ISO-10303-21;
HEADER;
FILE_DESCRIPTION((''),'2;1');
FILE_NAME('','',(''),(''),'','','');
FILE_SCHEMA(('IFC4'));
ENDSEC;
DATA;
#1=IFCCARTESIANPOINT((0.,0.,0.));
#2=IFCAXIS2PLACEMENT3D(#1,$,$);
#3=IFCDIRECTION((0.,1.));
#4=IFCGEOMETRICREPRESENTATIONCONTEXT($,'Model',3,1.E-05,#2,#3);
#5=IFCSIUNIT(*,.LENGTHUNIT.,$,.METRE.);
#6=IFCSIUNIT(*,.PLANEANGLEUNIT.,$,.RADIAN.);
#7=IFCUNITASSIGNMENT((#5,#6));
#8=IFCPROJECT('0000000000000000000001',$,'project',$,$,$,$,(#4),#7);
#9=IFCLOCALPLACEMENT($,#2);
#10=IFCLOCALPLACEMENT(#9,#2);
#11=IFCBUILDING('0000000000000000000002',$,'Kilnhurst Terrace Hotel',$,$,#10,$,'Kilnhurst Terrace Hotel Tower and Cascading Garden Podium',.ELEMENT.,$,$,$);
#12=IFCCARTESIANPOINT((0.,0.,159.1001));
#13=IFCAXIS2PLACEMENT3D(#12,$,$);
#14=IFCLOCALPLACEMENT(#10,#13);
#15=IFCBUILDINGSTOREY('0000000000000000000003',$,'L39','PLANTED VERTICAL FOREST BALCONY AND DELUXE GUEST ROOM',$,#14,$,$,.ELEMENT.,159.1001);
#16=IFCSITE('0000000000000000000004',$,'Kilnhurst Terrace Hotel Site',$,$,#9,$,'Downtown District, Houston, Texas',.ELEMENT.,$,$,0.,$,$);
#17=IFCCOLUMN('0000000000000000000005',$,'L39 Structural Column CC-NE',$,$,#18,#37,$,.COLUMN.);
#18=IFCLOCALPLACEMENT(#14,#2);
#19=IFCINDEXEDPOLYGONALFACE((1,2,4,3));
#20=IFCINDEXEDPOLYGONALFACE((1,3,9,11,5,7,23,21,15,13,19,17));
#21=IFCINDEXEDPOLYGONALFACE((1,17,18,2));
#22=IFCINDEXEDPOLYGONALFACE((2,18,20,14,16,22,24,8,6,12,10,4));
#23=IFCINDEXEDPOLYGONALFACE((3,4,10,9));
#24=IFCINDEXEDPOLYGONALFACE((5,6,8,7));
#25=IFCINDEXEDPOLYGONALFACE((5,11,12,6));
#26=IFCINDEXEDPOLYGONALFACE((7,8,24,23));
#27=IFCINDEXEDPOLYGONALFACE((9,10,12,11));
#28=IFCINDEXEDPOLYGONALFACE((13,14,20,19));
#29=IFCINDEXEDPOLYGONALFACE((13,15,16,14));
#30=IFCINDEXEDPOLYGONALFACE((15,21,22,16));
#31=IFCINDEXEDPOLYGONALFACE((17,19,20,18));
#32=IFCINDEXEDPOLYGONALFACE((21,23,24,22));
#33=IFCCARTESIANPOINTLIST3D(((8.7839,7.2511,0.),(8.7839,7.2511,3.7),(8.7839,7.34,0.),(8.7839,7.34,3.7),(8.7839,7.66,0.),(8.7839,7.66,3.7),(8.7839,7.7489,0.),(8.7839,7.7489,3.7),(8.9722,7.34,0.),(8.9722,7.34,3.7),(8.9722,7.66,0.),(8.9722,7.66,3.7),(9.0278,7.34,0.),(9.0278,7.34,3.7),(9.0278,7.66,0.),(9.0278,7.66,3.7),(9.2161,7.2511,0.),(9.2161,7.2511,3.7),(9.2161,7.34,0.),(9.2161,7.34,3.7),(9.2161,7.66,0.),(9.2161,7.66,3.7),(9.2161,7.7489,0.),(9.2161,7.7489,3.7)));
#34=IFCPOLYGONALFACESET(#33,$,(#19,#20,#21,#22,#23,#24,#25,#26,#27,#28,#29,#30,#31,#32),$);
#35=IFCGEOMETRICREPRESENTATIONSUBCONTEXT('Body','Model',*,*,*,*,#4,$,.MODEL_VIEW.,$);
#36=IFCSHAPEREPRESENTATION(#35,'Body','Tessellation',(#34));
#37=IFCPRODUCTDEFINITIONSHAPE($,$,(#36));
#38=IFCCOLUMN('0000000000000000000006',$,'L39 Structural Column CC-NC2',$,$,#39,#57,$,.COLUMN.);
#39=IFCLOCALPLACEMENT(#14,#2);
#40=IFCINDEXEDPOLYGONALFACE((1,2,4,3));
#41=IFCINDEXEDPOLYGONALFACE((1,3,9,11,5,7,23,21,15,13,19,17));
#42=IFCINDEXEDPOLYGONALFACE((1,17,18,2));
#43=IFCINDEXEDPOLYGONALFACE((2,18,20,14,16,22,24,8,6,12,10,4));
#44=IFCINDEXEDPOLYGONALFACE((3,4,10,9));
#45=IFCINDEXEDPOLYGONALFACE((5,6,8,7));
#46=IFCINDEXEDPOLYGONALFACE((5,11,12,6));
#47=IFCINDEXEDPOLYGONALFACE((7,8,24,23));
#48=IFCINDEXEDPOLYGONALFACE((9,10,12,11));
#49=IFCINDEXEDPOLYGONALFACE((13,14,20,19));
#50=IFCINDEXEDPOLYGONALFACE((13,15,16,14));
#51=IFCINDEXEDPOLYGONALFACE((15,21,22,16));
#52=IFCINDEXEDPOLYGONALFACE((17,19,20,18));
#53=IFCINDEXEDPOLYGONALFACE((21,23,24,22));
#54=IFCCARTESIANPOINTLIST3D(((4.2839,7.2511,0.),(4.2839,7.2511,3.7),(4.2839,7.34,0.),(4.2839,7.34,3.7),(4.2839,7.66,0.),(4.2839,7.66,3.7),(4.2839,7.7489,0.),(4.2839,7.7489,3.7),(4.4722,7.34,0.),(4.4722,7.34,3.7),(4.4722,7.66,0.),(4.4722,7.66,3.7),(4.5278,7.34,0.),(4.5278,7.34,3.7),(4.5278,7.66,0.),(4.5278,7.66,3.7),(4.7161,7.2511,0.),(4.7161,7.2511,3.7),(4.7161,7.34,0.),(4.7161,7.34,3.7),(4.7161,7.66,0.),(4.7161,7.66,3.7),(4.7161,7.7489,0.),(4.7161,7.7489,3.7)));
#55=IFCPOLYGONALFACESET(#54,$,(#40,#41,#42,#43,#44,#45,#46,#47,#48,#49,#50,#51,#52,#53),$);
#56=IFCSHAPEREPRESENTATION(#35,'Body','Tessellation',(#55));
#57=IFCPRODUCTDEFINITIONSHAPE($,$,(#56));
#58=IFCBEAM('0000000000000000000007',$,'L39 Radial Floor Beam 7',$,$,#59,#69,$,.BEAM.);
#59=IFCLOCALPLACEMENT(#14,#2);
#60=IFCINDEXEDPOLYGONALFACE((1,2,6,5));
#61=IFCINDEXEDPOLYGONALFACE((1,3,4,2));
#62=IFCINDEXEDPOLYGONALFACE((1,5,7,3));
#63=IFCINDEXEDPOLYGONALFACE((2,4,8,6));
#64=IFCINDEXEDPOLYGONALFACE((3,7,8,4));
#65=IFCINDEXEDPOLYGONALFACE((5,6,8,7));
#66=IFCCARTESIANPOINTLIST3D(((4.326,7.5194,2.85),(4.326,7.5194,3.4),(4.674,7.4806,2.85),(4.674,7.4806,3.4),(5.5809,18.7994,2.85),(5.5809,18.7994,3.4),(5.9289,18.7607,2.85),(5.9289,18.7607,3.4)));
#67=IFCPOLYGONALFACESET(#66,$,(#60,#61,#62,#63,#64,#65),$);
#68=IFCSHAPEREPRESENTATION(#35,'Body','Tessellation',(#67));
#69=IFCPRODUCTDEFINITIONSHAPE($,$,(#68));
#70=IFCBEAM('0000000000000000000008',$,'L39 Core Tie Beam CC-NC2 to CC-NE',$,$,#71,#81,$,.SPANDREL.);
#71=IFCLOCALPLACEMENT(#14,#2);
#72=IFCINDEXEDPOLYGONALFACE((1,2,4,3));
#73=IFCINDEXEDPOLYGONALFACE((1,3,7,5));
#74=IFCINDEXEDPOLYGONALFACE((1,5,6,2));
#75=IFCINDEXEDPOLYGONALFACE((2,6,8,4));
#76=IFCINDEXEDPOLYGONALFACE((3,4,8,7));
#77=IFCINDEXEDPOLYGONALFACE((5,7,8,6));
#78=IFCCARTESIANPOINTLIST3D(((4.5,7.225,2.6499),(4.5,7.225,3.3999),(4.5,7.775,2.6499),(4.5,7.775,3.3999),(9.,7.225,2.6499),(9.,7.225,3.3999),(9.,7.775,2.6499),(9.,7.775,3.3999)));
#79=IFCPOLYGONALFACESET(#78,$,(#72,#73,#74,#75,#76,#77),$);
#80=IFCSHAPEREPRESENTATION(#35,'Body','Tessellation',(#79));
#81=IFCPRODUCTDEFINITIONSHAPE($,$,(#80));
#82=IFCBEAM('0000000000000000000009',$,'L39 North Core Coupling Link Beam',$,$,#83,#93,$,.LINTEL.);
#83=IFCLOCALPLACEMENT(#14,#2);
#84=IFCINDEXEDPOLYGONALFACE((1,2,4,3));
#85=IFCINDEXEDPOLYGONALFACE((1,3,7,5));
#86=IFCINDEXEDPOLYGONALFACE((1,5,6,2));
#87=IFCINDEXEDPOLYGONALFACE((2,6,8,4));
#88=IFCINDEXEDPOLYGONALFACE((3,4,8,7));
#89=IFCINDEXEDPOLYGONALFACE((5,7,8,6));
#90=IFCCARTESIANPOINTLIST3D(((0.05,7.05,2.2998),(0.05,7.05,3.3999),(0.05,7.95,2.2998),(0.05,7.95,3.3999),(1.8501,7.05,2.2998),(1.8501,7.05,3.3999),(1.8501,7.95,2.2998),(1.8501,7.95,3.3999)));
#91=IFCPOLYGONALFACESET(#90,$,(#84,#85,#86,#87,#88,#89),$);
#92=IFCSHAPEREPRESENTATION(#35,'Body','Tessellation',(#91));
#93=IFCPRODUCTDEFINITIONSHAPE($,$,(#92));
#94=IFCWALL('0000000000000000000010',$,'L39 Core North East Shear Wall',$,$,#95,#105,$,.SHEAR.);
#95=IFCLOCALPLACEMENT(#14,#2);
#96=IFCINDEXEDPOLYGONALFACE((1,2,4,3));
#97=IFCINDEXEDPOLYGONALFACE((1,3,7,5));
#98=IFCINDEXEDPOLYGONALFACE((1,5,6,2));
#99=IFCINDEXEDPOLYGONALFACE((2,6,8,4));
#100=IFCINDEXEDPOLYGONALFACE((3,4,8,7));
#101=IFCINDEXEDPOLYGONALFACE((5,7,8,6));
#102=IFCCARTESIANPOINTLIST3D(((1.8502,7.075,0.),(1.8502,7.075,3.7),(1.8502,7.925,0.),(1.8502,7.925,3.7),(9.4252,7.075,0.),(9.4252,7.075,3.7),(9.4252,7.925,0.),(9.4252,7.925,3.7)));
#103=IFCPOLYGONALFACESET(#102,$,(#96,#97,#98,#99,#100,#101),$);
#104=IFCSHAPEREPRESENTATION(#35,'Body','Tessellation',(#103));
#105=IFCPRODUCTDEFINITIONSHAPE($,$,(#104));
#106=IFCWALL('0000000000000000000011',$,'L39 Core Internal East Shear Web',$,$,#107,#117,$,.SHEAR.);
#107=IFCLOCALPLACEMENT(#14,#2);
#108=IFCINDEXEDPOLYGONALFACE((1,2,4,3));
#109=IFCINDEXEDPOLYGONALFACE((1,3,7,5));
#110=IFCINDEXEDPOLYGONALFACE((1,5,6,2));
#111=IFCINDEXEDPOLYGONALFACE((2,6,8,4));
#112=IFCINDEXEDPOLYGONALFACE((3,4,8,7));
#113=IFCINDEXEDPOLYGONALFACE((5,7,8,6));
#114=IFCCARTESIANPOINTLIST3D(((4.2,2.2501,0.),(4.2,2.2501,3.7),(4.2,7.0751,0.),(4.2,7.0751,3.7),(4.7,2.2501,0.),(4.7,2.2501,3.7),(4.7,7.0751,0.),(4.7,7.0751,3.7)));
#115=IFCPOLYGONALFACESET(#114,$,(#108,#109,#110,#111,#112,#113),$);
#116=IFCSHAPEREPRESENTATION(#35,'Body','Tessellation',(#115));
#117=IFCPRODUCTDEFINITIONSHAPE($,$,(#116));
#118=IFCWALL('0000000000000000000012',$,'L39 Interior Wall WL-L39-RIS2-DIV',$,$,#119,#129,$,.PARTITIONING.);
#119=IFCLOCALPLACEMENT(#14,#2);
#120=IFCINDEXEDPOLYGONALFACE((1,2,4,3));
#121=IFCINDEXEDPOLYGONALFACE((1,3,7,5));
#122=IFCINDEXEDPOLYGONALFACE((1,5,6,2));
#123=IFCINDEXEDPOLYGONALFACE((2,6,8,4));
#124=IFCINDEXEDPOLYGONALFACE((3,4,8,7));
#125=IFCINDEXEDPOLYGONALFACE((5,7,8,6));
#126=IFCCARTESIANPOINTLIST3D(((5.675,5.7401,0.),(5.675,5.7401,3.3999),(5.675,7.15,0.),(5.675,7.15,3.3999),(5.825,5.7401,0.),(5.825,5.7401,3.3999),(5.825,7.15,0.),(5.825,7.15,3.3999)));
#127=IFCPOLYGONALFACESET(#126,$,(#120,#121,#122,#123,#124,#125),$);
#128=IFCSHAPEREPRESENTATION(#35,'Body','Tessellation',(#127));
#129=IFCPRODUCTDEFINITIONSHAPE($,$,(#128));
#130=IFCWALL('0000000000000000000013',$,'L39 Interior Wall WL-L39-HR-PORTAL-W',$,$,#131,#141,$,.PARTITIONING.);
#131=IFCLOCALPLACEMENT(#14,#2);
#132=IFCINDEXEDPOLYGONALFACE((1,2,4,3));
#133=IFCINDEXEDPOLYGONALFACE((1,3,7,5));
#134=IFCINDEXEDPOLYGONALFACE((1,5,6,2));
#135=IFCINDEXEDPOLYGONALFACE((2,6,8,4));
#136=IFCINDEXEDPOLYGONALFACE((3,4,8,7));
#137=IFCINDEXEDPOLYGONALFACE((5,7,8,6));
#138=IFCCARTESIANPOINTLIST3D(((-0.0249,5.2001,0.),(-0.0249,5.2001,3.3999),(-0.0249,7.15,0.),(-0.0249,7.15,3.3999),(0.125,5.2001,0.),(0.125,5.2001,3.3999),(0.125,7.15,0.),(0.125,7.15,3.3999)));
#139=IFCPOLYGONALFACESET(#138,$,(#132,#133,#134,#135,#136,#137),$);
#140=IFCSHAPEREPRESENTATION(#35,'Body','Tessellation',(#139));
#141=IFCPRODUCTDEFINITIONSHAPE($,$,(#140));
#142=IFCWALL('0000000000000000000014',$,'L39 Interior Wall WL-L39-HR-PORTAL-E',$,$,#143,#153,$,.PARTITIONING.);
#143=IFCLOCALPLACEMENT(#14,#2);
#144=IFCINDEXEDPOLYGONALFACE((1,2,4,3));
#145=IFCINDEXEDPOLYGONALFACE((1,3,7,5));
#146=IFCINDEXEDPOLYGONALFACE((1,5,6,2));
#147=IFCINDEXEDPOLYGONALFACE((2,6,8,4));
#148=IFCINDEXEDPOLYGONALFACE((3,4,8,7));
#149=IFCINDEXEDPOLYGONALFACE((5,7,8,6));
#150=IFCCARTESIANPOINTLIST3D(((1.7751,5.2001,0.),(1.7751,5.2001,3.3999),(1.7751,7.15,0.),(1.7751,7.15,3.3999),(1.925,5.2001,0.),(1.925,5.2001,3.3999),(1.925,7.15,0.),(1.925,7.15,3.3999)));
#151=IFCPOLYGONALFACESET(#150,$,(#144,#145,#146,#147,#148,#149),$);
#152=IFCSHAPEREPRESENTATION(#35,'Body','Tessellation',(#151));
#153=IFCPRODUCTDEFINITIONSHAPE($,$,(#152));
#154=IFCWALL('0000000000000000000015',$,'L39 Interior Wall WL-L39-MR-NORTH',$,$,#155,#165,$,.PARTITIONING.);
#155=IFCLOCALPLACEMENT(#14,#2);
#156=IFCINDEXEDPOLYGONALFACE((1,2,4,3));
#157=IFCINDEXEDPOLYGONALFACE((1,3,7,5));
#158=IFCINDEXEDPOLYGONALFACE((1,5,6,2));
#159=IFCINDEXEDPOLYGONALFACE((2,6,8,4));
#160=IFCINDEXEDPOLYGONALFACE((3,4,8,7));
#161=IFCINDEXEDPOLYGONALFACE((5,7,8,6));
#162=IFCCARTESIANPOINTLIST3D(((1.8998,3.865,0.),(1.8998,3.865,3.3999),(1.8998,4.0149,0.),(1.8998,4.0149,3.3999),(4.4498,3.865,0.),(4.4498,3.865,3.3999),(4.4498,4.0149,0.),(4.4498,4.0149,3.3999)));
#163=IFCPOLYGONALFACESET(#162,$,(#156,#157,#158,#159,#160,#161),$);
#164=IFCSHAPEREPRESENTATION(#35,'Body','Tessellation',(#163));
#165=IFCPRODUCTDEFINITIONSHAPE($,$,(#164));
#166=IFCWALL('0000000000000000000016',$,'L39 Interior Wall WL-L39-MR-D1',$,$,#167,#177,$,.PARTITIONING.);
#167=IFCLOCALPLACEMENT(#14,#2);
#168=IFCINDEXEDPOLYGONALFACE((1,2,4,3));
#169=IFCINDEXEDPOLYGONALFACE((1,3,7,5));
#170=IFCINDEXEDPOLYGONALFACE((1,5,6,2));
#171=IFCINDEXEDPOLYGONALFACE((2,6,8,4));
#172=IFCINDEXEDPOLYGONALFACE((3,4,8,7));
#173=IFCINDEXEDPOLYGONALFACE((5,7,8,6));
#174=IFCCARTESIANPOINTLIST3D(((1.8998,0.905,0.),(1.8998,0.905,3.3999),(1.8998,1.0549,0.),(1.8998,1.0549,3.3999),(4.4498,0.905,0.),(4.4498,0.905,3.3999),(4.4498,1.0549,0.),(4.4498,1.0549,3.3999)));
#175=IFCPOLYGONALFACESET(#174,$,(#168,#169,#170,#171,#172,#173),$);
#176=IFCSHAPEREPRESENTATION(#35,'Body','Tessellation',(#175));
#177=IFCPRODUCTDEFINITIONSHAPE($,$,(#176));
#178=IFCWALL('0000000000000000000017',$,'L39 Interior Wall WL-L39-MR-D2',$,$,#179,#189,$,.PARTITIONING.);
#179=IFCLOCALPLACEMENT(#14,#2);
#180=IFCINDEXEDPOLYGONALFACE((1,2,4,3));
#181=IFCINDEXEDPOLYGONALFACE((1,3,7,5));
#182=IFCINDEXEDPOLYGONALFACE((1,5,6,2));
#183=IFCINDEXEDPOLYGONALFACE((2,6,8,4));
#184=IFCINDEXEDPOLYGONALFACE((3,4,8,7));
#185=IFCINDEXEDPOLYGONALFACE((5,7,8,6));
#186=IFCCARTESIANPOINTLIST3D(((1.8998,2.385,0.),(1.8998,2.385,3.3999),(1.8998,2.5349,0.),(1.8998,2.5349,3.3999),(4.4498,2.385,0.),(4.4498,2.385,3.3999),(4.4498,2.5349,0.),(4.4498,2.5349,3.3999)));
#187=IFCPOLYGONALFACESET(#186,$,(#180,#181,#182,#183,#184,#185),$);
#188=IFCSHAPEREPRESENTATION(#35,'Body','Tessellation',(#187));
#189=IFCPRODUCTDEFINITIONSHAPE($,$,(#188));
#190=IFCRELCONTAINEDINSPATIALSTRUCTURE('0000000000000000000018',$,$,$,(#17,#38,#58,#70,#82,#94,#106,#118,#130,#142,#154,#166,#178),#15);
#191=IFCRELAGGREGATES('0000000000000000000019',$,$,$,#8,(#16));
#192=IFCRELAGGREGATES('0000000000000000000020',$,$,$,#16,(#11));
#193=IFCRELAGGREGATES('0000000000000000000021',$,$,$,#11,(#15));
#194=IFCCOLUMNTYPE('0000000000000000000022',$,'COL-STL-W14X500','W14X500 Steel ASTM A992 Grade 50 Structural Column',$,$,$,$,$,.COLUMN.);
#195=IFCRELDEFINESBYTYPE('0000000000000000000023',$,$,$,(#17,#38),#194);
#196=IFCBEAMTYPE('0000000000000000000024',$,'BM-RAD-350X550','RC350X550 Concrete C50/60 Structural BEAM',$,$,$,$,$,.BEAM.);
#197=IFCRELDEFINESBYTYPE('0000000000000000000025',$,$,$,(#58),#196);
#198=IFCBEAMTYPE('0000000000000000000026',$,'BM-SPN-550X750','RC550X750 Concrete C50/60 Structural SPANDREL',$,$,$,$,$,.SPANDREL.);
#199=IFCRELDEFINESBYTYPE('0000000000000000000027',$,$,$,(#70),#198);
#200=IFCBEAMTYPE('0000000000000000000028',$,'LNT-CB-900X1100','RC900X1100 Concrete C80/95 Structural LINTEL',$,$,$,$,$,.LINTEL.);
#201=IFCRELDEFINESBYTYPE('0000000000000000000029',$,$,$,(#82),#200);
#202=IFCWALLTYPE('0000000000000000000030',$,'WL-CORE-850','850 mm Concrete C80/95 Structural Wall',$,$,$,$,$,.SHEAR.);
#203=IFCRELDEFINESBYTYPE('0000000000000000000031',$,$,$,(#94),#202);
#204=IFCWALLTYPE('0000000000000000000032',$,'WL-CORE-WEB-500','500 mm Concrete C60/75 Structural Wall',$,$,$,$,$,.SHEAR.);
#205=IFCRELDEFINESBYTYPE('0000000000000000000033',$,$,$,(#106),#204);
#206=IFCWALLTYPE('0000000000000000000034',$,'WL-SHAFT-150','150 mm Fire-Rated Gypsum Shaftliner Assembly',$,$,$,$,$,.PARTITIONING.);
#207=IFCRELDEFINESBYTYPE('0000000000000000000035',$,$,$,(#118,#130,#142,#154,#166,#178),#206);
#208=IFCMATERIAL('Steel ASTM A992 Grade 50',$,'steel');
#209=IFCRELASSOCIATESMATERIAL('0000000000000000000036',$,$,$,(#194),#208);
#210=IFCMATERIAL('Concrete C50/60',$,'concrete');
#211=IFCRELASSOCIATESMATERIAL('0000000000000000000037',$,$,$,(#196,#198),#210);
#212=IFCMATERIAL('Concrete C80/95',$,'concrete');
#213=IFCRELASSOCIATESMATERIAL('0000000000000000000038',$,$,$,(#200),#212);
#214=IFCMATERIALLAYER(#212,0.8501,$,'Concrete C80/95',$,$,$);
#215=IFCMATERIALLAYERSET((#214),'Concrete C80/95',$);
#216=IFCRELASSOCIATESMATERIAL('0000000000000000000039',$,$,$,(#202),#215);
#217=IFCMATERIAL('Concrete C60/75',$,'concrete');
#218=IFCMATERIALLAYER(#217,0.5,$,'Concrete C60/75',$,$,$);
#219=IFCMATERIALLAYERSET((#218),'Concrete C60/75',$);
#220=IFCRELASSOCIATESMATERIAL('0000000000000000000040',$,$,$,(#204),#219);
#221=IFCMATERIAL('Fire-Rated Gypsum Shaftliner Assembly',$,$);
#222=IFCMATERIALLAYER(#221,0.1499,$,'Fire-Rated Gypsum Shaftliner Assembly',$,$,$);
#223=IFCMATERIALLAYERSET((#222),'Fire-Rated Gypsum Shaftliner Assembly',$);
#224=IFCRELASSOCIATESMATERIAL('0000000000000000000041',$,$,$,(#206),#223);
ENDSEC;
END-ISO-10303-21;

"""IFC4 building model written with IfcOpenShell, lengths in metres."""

from ifc_helpers import new_model, si_unit, direction, frame, frame_2d, origin, origin_2d, place, context, subcontext, project, spatial, rectangle, i_section, extrude, material, layer, layer_set, material_profile, profile_set, type_object, element, save


model = new_model("IFC4")

# Units and contexts
model_context = context("Model", 3, precision=1e-05, world=origin(), true_north=direction((0.0, 1.0)))
body_context = subcontext(model_context, "Body", "Model", "MODEL_VIEW")
ifc_project = project(units=[si_unit("LENGTHUNIT", "METRE"), si_unit("PLANEANGLEUNIT", "RADIAN")], contexts=[model_context])

# Site, building, storey
site_placement = place(None, origin())
site = spatial("IfcSite", under=ifc_project, at=site_placement, Name="Kilnhurst Terrace Hotel Site", LongName="Downtown District, Houston, Texas", CompositionType="ELEMENT", RefElevation=0.0)
building_placement = place(site_placement, origin())
building = spatial("IfcBuilding", under=site, at=building_placement, Name="Kilnhurst Terrace Hotel", LongName="Kilnhurst Terrace Hotel Tower and Cascading Garden Podium", CompositionType="ELEMENT")
storey_placement = place(building_placement, frame((0.0, 0.0, 159.1001)))
storey = spatial("IfcBuildingStorey", under=building, at=storey_placement, Name="L39", Description="PLANTED VERTICAL FOREST BALCONY AND DELUXE GUEST ROOM", CompositionType="ELEMENT", Elevation=159.1001)

# Columns
ifc_material_1 = material(Name="Steel ASTM A992 Grade 50", Category="steel")
ifc_material_profile_1 = material_profile(ifc_material_1, i_section(OverallWidth=0.4321, OverallDepth=0.4978, WebThickness=0.0557, FlangeThickness=0.0889, at=origin_2d()), Name="W14X500")
ifc_profile_set_1 = profile_set([ifc_material_profile_1], Name="Steel ASTM A992 Grade 50")
column_type = type_object("IfcColumnType", Name="COL-STL-W14X500", Description="W14X500 Steel ASTM A992 Grade 50 Structural Column", PredefinedType="COLUMN", material=ifc_profile_set_1)
for number, where, z_axis, x_axis, name in (
    (1, (9.0, 7.5, 0.0), (0.0, 0.0, 1.0), (1.0, 0.0, 0.0), "L39 Structural Column CC-NE"),
    (2, (4.5, 7.5, 0.0), (0.0, 0.0, 1.0), (1.0, 0.0, 0.0), "L39 Structural Column CC-NC2"),
):
    element("IfcColumn", number, at=place(storey_placement, frame(where, z_axis=z_axis, x_axis=x_axis)), inside=storey, type_object=column_type, Name=name, PredefinedType="COLUMN", context=body_context, shape_type="SweptSolid", body=[
        extrude(i_section(OverallWidth=0.4321, OverallDepth=0.4978, WebThickness=0.0557, FlangeThickness=0.0889, at=origin_2d()), origin(), (0.0, 0.0, 1.0), 3.7),
    ])

# Beams
ifc_material_2 = material(Name="Concrete C50/60", Category="concrete")
ifc_material_profile_2 = material_profile(ifc_material_2, rectangle(XDim=0.3501, YDim=0.55, at=origin_2d()), Name="RC350X550")
ifc_profile_set_2 = profile_set([ifc_material_profile_2], Name="Concrete C50/60")
beam_type_1 = type_object("IfcBeamType", Name="BM-RAD-350X550", Description="RC350X550 Concrete C50/60 Structural BEAM", PredefinedType="BEAM", material=ifc_profile_set_2)
beam_1_placement = place(storey_placement, frame((4.5, 7.5, 3.125), z_axis=(0.110566, 0.993869, 0.0), x_axis=(-0.993869, 0.110566, 0.0)))
element("IfcBeam", 3, at=beam_1_placement, inside=storey, type_object=beam_type_1, Name="L39 Radial Floor Beam 7", PredefinedType="BEAM", context=body_context, shape_type="SweptSolid", body=[
    extrude(rectangle(XDim=0.3501, YDim=0.55, at=origin_2d()), origin(), (0.0, 0.0, 1.0), 11.3496),
])
ifc_material_profile_3 = material_profile(ifc_material_2, rectangle(XDim=0.55, YDim=0.75, at=origin_2d()), Name="RC550X750")
ifc_profile_set_3 = profile_set([ifc_material_profile_3], Name="Concrete C50/60")
beam_type_2 = type_object("IfcBeamType", Name="BM-SPN-550X750", Description="RC550X750 Concrete C50/60 Structural SPANDREL", PredefinedType="SPANDREL", material=ifc_profile_set_3)
beam_2_placement = place(storey_placement, frame((4.5, 7.5, 3.0249), z_axis=(1.0, 0.0, 0.0), x_axis=(0.0, 1.0, 0.0)))
element("IfcBeam", 4, at=beam_2_placement, inside=storey, type_object=beam_type_2, Name="L39 Core Tie Beam CC-NC2 to CC-NE", PredefinedType="SPANDREL", context=body_context, shape_type="SweptSolid", body=[
    extrude(rectangle(XDim=0.55, YDim=0.75, at=origin_2d()), origin(), (0.0, 0.0, 1.0), 4.5),
])
ifc_material_3 = material(Name="Concrete C80/95", Category="concrete")
ifc_material_profile_4 = material_profile(ifc_material_3, rectangle(XDim=0.8999, YDim=1.1001, at=origin_2d()), Name="RC900X1100")
ifc_profile_set_4 = profile_set([ifc_material_profile_4], Name="Concrete C80/95")
beam_type_3 = type_object("IfcBeamType", Name="LNT-CB-900X1100", Description="RC900X1100 Concrete C80/95 Structural LINTEL", PredefinedType="LINTEL", material=ifc_profile_set_4)
beam_3_placement = place(storey_placement, frame((0.05, 7.5, 2.8499), z_axis=(1.0, 0.0, 0.0), x_axis=(0.0, 1.0, 0.0)))
element("IfcBeam", 5, at=beam_3_placement, inside=storey, type_object=beam_type_3, Name="L39 North Core Coupling Link Beam", PredefinedType="LINTEL", context=body_context, shape_type="SweptSolid", body=[
    extrude(rectangle(XDim=0.8999, YDim=1.1001, at=origin_2d()), origin(), (0.0, 0.0, 1.0), 1.8),
])

# Walls
ifc_layer_1 = layer(ifc_material_3, 0.8501, Name="Concrete C80/95")
ifc_layer_set_1 = layer_set([ifc_layer_1], Name="Concrete C80/95")
wall_type_1 = type_object("IfcWallType", Name="WL-CORE-850", Description="850 mm Concrete C80/95 Structural Wall", PredefinedType="SHEAR", material=ifc_layer_set_1)
wall_1_placement = place(storey_placement, frame((1.8501, 7.5, 0.0), z_axis=(0.0, 0.0, 1.0), x_axis=(1.0, 0.0, 0.0)))
element("IfcWall", 6, at=wall_1_placement, inside=storey, type_object=wall_type_1, Name="L39 Core North East Shear Wall", PredefinedType="SHEAR", context=body_context, shape_type="SweptSolid", body=[
    extrude(rectangle(XDim=7.575, YDim=0.8501, at=frame_2d((3.7876, 0.0))), origin(), (0.0, 0.0, 1.0), 3.7),
])
ifc_material_4 = material(Name="Concrete C60/75", Category="concrete")
ifc_layer_2 = layer(ifc_material_4, 0.5, Name="Concrete C60/75")
ifc_layer_set_2 = layer_set([ifc_layer_2], Name="Concrete C60/75")
wall_type_2 = type_object("IfcWallType", Name="WL-CORE-WEB-500", Description="500 mm Concrete C60/75 Structural Wall", PredefinedType="SHEAR", material=ifc_layer_set_2)
wall_2_placement = place(storey_placement, frame((4.45, 2.25, 0.0), z_axis=(0.0, 0.0, 1.0), x_axis=(0.0, 1.0, 0.0)))
element("IfcWall", 7, at=wall_2_placement, inside=storey, type_object=wall_type_2, Name="L39 Core Internal East Shear Web", PredefinedType="SHEAR", context=body_context, shape_type="SweptSolid", body=[
    extrude(rectangle(XDim=4.825, YDim=0.5, at=frame_2d((2.4126, 0.0))), origin(), (0.0, 0.0, 1.0), 3.7),
])
ifc_material_5 = material(Name="Fire-Rated Gypsum Shaftliner Assembly")
ifc_layer_3 = layer(ifc_material_5, 0.1499, Name="Fire-Rated Gypsum Shaftliner Assembly")
ifc_layer_set_3 = layer_set([ifc_layer_3], Name="Fire-Rated Gypsum Shaftliner Assembly")
wall_type_3 = type_object("IfcWallType", Name="WL-SHAFT-150", Description="150 mm Fire-Rated Gypsum Shaftliner Assembly", PredefinedType="PARTITIONING", material=ifc_layer_set_3)
wall_3_placement = place(storey_placement, frame((5.75, 5.74, 0.0), z_axis=(0.0, 0.0, 1.0), x_axis=(0.0, 1.0, 0.0)))
element("IfcWall", 8, at=wall_3_placement, inside=storey, type_object=wall_type_3, Name="L39 Interior Wall WL-L39-RIS2-DIV", PredefinedType="PARTITIONING", context=body_context, shape_type="SweptSolid", body=[
    extrude(rectangle(XDim=1.4099, YDim=0.1499, at=frame_2d((0.7051, 0.0))), origin(), (0.0, 0.0, 1.0), 3.3999),
])
for number, where, z_axis, x_axis, name in (
    (9, (0.05, 5.2, 0.0), (0.0, 0.0, 1.0), (0.0, 1.0, 0.0), "L39 Interior Wall WL-L39-HR-PORTAL-W"),
    (10, (1.8501, 5.2, 0.0), (0.0, 0.0, 1.0), (0.0, 1.0, 0.0), "L39 Interior Wall WL-L39-HR-PORTAL-E"),
):
    element("IfcWall", number, at=place(storey_placement, frame(where, z_axis=z_axis, x_axis=x_axis)), inside=storey, type_object=wall_type_3, Name=name, PredefinedType="PARTITIONING", context=body_context, shape_type="SweptSolid", body=[
        extrude(rectangle(XDim=1.95, YDim=0.1499, at=frame_2d((0.9751, 0.0))), origin(), (0.0, 0.0, 1.0), 3.3999),
    ])
for number, where, z_axis, x_axis, name in (
    (11, (1.8999, 3.9399, 0.0), (0.0, 0.0, 1.0), (1.0, 0.0, 0.0), "L39 Interior Wall WL-L39-MR-NORTH"),
    (12, (1.8999, 0.98, 0.0), (0.0, 0.0, 1.0), (1.0, 0.0, 0.0), "L39 Interior Wall WL-L39-MR-D1"),
    (13, (1.8999, 2.46, 0.0), (0.0, 0.0, 1.0), (1.0, 0.0, 0.0), "L39 Interior Wall WL-L39-MR-D2"),
):
    element("IfcWall", number, at=place(storey_placement, frame(where, z_axis=z_axis, x_axis=x_axis)), inside=storey, type_object=wall_type_3, Name=name, PredefinedType="PARTITIONING", context=body_context, shape_type="SweptSolid", body=[
        extrude(rectangle(XDim=2.55, YDim=0.1499, at=frame_2d((1.2749, 0.0))), origin(), (0.0, 0.0, 1.0), 3.3999),
    ])

save(model, "model.ifc")
